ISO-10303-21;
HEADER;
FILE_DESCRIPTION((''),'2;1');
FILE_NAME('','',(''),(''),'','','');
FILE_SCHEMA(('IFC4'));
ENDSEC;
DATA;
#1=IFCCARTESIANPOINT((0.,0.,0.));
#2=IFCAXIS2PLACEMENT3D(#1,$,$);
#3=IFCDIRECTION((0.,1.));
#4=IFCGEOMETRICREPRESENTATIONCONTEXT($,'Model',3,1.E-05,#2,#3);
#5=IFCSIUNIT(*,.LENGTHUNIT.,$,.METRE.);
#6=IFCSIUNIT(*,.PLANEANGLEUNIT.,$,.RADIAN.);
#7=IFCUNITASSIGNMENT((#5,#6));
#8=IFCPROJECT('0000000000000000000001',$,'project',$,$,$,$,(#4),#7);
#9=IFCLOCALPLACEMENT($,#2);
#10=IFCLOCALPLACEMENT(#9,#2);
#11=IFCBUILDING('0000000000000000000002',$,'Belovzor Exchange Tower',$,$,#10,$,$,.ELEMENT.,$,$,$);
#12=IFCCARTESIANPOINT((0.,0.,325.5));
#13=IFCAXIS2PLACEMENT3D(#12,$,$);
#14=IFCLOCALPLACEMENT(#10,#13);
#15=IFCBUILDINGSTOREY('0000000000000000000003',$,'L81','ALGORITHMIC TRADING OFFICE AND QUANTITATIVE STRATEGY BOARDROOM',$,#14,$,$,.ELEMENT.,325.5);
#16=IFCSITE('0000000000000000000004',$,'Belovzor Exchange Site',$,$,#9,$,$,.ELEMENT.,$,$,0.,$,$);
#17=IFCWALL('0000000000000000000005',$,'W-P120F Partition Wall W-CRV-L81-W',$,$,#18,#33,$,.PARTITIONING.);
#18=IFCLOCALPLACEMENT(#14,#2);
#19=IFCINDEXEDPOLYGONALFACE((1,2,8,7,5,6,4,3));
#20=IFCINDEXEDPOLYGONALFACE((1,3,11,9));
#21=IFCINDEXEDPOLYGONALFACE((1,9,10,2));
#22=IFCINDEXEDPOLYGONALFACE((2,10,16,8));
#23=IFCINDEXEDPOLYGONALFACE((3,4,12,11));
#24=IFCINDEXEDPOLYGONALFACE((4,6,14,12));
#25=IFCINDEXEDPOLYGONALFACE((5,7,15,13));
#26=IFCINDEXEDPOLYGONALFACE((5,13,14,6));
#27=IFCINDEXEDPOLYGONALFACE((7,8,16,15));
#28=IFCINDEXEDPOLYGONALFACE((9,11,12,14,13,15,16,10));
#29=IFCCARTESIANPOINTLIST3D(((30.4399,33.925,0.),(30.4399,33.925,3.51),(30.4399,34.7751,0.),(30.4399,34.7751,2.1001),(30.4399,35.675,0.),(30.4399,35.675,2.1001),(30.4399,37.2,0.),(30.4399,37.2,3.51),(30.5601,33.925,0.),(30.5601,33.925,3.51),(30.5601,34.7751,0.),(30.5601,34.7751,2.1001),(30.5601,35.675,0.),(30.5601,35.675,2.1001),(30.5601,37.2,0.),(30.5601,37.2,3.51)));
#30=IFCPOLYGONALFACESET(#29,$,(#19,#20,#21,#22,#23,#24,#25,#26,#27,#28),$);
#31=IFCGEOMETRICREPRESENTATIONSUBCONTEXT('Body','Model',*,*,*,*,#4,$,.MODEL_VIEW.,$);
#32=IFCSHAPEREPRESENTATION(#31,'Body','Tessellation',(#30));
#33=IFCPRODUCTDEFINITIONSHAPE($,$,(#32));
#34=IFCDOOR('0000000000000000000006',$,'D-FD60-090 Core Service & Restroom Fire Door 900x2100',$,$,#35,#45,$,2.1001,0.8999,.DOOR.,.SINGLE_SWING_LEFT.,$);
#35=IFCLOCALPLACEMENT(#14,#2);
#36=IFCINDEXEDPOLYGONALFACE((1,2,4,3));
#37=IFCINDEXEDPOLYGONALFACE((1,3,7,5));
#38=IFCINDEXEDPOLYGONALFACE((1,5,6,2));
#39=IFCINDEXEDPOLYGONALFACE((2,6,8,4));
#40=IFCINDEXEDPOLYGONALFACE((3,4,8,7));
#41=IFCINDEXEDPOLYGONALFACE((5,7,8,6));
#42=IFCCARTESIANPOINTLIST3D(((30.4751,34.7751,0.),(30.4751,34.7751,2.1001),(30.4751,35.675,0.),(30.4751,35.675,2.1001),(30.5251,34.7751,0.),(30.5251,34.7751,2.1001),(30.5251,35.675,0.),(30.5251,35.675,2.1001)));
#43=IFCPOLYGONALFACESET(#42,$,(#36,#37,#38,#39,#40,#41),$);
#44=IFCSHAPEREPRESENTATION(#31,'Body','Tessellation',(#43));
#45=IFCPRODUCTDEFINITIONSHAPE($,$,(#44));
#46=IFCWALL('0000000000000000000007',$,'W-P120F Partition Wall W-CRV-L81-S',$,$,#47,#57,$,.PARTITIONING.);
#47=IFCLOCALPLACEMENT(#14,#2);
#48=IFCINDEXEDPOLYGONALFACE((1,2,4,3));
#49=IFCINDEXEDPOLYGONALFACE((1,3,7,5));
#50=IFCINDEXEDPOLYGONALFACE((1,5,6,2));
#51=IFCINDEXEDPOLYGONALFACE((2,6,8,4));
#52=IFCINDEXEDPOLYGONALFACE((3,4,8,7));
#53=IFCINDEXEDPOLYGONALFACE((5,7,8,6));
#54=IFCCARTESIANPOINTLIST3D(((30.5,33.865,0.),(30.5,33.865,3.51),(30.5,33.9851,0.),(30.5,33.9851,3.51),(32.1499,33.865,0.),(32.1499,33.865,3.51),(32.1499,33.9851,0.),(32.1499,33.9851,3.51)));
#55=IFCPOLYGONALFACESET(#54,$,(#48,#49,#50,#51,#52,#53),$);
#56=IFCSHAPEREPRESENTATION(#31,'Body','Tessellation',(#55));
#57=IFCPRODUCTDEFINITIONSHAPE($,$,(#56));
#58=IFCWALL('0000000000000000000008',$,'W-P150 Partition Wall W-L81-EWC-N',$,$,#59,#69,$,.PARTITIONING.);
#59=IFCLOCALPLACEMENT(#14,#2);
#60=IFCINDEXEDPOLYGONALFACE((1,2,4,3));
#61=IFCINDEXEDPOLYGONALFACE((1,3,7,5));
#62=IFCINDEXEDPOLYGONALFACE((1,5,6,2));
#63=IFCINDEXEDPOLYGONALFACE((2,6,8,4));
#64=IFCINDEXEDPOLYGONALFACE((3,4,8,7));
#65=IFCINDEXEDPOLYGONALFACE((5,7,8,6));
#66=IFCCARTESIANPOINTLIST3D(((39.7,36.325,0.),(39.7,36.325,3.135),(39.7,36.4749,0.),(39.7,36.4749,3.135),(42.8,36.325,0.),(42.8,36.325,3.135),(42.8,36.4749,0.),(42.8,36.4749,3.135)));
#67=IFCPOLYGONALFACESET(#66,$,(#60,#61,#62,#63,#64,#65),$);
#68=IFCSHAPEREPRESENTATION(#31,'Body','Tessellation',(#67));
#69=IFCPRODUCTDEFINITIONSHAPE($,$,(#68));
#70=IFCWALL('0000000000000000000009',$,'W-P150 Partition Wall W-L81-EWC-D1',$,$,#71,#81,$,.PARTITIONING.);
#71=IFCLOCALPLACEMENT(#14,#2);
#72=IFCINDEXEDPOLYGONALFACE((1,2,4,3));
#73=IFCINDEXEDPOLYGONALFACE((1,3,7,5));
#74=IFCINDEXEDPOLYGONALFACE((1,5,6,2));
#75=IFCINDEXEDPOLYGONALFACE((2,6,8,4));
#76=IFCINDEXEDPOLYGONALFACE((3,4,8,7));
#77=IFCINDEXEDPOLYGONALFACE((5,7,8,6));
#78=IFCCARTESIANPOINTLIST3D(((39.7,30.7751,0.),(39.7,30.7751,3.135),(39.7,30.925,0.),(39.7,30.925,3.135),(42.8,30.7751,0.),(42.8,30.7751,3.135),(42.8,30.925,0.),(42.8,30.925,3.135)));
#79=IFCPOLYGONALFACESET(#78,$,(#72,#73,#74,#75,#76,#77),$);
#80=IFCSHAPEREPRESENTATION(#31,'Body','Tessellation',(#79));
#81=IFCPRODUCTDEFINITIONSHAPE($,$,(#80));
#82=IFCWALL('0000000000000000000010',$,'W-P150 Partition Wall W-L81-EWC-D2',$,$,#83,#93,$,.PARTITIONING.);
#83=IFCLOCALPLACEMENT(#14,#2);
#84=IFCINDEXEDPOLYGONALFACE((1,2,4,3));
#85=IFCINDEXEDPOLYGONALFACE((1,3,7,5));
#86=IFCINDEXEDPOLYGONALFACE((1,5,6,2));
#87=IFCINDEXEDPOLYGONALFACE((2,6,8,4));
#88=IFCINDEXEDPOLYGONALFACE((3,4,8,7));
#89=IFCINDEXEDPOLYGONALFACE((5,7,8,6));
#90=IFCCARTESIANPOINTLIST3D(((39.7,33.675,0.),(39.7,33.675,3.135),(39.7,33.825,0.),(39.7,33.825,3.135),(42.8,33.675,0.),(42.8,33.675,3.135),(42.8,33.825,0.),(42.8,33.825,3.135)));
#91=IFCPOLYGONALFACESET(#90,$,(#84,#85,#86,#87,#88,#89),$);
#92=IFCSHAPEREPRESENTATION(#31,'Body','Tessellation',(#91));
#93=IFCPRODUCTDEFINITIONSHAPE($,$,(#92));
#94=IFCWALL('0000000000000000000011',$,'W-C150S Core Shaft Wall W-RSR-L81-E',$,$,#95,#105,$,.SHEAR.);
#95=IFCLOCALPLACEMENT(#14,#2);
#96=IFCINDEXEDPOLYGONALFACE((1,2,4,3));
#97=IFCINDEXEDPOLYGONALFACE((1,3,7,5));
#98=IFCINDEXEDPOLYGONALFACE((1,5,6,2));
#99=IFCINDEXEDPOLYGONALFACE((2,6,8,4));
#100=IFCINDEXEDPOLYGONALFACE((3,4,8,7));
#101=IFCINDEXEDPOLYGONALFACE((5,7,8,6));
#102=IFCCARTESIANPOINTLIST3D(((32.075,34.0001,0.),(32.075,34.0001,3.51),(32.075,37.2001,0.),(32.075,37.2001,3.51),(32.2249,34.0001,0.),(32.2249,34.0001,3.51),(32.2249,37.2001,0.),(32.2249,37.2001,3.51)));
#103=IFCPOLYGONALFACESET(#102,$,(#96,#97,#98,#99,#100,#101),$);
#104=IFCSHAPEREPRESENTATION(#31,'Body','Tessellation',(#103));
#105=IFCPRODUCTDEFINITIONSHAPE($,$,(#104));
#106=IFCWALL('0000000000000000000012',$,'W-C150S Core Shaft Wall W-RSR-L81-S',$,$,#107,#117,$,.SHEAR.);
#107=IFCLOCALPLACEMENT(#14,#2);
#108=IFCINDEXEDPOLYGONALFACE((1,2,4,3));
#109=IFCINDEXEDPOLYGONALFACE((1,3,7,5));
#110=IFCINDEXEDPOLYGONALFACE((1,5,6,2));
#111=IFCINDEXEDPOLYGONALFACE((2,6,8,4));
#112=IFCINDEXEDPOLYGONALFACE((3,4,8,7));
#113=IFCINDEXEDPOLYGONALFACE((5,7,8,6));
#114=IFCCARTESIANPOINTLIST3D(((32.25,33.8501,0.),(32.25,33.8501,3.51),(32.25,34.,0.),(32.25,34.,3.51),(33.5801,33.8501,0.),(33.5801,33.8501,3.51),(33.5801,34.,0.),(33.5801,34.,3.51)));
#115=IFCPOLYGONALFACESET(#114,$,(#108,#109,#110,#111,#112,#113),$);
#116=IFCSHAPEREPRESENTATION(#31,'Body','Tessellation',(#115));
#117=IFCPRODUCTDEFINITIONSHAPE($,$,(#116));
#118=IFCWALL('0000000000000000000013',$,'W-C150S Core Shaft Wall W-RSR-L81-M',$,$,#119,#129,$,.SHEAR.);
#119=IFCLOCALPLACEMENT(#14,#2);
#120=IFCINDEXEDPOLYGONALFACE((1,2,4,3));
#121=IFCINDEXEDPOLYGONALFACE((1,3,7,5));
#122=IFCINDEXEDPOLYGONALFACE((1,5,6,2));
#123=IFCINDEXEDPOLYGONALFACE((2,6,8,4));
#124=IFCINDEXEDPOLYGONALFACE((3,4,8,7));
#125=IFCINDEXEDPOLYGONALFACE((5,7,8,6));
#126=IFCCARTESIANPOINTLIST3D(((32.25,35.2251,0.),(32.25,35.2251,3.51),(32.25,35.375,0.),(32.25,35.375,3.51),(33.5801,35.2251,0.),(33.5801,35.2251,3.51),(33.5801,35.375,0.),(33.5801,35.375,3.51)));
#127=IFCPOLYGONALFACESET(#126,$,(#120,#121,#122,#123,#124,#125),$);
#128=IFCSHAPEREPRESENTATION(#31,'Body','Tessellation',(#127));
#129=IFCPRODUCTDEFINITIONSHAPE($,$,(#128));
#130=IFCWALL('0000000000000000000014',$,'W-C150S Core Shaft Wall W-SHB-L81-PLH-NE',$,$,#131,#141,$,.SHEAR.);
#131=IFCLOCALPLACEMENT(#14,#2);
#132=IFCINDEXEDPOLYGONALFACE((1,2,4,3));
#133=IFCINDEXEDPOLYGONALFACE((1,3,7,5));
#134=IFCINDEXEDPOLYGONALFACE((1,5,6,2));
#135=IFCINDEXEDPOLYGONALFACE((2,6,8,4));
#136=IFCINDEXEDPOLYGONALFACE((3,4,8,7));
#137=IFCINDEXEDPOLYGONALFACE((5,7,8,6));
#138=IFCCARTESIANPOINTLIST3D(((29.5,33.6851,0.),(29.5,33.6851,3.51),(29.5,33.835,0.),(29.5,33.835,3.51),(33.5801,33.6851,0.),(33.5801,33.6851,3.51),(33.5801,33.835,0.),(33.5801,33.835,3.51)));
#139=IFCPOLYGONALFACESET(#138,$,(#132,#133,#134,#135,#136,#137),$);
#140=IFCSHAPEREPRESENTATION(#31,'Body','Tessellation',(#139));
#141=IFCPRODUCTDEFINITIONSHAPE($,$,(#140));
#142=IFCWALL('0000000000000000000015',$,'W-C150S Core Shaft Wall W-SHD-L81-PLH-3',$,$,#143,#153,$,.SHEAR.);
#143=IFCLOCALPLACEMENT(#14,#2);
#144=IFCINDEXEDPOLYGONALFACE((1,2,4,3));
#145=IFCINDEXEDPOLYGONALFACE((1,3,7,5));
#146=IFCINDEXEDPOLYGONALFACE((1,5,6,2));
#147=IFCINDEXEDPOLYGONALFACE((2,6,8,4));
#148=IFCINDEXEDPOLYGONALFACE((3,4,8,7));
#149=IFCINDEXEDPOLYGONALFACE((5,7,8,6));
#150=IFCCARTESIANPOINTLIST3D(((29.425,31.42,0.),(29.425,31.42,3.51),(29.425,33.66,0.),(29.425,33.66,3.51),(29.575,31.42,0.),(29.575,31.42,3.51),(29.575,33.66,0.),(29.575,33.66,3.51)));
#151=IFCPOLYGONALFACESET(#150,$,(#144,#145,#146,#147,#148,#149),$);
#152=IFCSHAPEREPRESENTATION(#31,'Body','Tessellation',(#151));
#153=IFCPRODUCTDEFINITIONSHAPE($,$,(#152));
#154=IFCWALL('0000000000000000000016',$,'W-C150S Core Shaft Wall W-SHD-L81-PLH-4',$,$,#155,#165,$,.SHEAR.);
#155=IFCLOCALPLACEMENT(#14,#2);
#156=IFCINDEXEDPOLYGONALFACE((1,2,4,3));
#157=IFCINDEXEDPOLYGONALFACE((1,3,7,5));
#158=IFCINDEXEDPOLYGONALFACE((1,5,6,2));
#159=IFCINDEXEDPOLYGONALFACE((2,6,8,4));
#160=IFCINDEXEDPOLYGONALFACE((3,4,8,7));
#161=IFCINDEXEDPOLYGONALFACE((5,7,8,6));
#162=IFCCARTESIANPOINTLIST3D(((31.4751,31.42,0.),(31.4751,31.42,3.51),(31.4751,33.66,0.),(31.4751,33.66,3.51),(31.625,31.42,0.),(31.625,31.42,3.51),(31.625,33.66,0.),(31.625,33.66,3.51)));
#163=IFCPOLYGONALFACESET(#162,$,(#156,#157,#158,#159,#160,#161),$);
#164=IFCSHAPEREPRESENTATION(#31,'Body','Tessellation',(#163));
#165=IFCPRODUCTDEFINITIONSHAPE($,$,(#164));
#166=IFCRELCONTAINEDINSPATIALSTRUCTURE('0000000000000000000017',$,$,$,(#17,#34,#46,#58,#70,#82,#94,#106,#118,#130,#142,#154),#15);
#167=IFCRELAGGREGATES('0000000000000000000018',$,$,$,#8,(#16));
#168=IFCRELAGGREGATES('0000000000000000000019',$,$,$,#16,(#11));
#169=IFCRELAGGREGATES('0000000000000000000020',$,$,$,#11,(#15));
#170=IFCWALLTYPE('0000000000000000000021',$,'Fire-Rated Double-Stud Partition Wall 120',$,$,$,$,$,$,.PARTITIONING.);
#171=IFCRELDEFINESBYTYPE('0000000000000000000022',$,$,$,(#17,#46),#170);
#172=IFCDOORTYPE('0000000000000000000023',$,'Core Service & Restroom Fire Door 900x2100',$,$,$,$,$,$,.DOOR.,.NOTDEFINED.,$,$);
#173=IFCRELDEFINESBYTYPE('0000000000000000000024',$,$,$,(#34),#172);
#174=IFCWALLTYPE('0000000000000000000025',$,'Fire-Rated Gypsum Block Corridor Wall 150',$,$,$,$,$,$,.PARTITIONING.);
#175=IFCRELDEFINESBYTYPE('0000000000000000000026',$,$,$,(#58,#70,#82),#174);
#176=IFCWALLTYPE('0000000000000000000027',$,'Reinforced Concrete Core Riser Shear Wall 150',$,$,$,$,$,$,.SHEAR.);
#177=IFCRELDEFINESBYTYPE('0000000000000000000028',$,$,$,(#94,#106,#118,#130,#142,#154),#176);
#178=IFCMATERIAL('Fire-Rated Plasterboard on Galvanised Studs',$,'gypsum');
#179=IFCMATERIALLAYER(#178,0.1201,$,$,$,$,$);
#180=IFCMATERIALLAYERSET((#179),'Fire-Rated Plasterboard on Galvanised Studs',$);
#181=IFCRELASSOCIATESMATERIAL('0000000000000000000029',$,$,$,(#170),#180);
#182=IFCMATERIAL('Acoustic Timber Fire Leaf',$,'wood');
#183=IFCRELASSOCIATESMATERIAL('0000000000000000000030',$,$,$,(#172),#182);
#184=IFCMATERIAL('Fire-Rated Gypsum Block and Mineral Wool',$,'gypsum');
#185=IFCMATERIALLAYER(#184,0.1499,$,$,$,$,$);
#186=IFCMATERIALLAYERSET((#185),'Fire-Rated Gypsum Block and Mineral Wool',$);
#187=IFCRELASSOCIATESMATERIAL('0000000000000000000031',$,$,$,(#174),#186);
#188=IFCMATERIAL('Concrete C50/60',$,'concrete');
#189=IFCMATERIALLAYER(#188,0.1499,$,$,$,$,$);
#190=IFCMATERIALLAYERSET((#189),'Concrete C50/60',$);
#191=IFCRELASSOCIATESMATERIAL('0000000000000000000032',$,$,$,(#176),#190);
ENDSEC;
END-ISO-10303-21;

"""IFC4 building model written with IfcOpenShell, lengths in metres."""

from ifc_helpers import new_model, si_unit, direction, frame, frame_2d, origin, place, context, subcontext, project, spatial, rectangle, extrude, material, layer, layer_set, type_object, element, fill, save


model = new_model("IFC4")

# Units and contexts
model_context = context("Model", 3, precision=1e-05, world=origin(), true_north=direction((0.0, 1.0)))
body_context = subcontext(model_context, "Body", "Model", "MODEL_VIEW")
ifc_project = project(units=[si_unit("LENGTHUNIT", "METRE"), si_unit("PLANEANGLEUNIT", "RADIAN")], contexts=[model_context])

# Site, building, storey
site_placement = place(None, origin())
site = spatial("IfcSite", under=ifc_project, at=site_placement, Name="Belovzor Exchange Site", CompositionType="ELEMENT", RefElevation=0.0)
building_placement = place(site_placement, origin())
building = spatial("IfcBuilding", under=site, at=building_placement, Name="Belovzor Exchange Tower", CompositionType="ELEMENT")
storey_placement = place(building_placement, frame((0.0, 0.0, 325.5)))
storey = spatial("IfcBuildingStorey", under=building, at=storey_placement, Name="L81", Description="ALGORITHMIC TRADING OFFICE AND QUANTITATIVE STRATEGY BOARDROOM", CompositionType="ELEMENT", Elevation=325.5)

# Wall, opening, door
ifc_material_1 = material(Name="Fire-Rated Plasterboard on Galvanised Studs", Category="gypsum")
ifc_layer_1 = layer(ifc_material_1, 0.1201)
ifc_layer_set_1 = layer_set([ifc_layer_1], Name="Fire-Rated Plasterboard on Galvanised Studs")
wall_type_1 = type_object("IfcWallType", Name="Fire-Rated Double-Stud Partition Wall 120", PredefinedType="PARTITIONING", material=ifc_layer_set_1)
wall_1_placement = place(storey_placement, frame((30.5, 33.925, 0.0), z_axis=(0.0, 0.0, 1.0), x_axis=(0.0, 1.0, 0.0)))
wall_1 = element("IfcWall", 1, at=wall_1_placement, inside=storey, type_object=wall_type_1, Name="W-P120F Partition Wall W-CRV-L81-W", PredefinedType="PARTITIONING", context=body_context, shape_type="SweptSolid", body=[
    extrude(rectangle(XDim=3.2749, YDim=0.1201, at=frame_2d((1.6375, 0.0))), origin(), (0.0, 0.0, 1.0), 3.51),
])
opening_1_placement = place(wall_1_placement, frame((0.8501, 0.0, 0.0)))
opening_1 = element("IfcOpeningElement", 2, at=opening_1_placement, cuts=wall_1, PredefinedType="OPENING", context=body_context, shape_type="SweptSolid", body=[
    extrude(rectangle(XDim=0.8999, YDim=2.1001, at=frame_2d((0.45, 1.05))), frame((0.0, 0.0701, 0.0), z_axis=(0.0, -1.0, 0.0), x_axis=(1.0, 0.0, 0.0)), (0.0, 0.0, 1.0), 0.1401),
])
ifc_material_2 = material(Name="Acoustic Timber Fire Leaf", Category="wood")
door_type_1 = type_object("IfcDoorType", Name="Core Service & Restroom Fire Door 900x2100", OperationType="NOTDEFINED", PredefinedType="DOOR", material=ifc_material_2)
door_1_placement = place(opening_1_placement, origin())
door_1 = element("IfcDoor", 3, at=door_1_placement, inside=storey, type_object=door_type_1, Name="D-FD60-090 Core Service & Restroom Fire Door 900x2100", OperationType="SINGLE_SWING_LEFT", OverallHeight=2.1001, OverallWidth=0.8999, PredefinedType="DOOR", context=body_context, shape_type="SweptSolid", body=[
    extrude(rectangle(XDim=0.8999, YDim=2.1001, at=frame_2d((0.45, 1.05))), frame((0.0, 0.0249, 0.0), z_axis=(0.0, -1.0, 0.0), x_axis=(1.0, 0.0, 0.0)), (0.0, 0.0, 1.0), 0.05),
])
fill(opening_1, door_1)

# Walls
wall_2_placement = place(storey_placement, frame((30.5, 33.925, 0.0), z_axis=(0.0, 0.0, 1.0), x_axis=(1.0, 0.0, 0.0)))
element("IfcWall", 4, at=wall_2_placement, inside=storey, type_object=wall_type_1, Name="W-P120F Partition Wall W-CRV-L81-S", PredefinedType="PARTITIONING", context=body_context, shape_type="SweptSolid", body=[
    extrude(rectangle(XDim=1.6499, YDim=0.1201, at=frame_2d((0.825, 0.0))), origin(), (0.0, 0.0, 1.0), 3.51),
])
ifc_material_3 = material(Name="Fire-Rated Gypsum Block and Mineral Wool", Category="gypsum")
ifc_layer_2 = layer(ifc_material_3, 0.1499)
ifc_layer_set_2 = layer_set([ifc_layer_2], Name="Fire-Rated Gypsum Block and Mineral Wool")
wall_type_2 = type_object("IfcWallType", Name="Fire-Rated Gypsum Block Corridor Wall 150", PredefinedType="PARTITIONING", material=ifc_layer_set_2)
for number, where, z_axis, x_axis, name in (
    (5, (39.7, 36.3999, 0.0), (0.0, 0.0, 1.0), (1.0, 0.0, 0.0), "W-P150 Partition Wall W-L81-EWC-N"),
    (6, (39.7, 30.8501, 0.0), (0.0, 0.0, 1.0), (1.0, 0.0, 0.0), "W-P150 Partition Wall W-L81-EWC-D1"),
    (7, (39.7, 33.75, 0.0), (0.0, 0.0, 1.0), (1.0, 0.0, 0.0), "W-P150 Partition Wall W-L81-EWC-D2"),
):
    element("IfcWall", number, at=place(storey_placement, frame(where, z_axis=z_axis, x_axis=x_axis)), inside=storey, type_object=wall_type_2, Name=name, PredefinedType="PARTITIONING", context=body_context, shape_type="SweptSolid", body=[
        extrude(rectangle(XDim=3.1001, YDim=0.1499, at=frame_2d((1.55, 0.0))), origin(), (0.0, 0.0, 1.0), 3.135),
    ])
ifc_material_4 = material(Name="Concrete C50/60", Category="concrete")
ifc_layer_3 = layer(ifc_material_4, 0.1499)
ifc_layer_set_3 = layer_set([ifc_layer_3], Name="Concrete C50/60")
wall_type_3 = type_object("IfcWallType", Name="Reinforced Concrete Core Riser Shear Wall 150", PredefinedType="SHEAR", material=ifc_layer_set_3)
wall_3_placement = place(storey_placement, frame((32.1499, 34.0, 0.0), z_axis=(0.0, 0.0, 1.0), x_axis=(0.0, 1.0, 0.0)))
element("IfcWall", 8, at=wall_3_placement, inside=storey, type_object=wall_type_3, Name="W-C150S Core Shaft Wall W-RSR-L81-E", PredefinedType="SHEAR", context=body_context, shape_type="SweptSolid", body=[
    extrude(rectangle(XDim=3.2, YDim=0.1499, at=frame_2d((1.6001, 0.0))), origin(), (0.0, 0.0, 1.0), 3.51),
])
for number, where, z_axis, x_axis, name in (
    (9, (32.25, 33.925, 0.0), (0.0, 0.0, 1.0), (1.0, 0.0, 0.0), "W-C150S Core Shaft Wall W-RSR-L81-S"),
    (10, (32.25, 35.3, 0.0), (0.0, 0.0, 1.0), (1.0, 0.0, 0.0), "W-C150S Core Shaft Wall W-RSR-L81-M"),
):
    element("IfcWall", number, at=place(storey_placement, frame(where, z_axis=z_axis, x_axis=x_axis)), inside=storey, type_object=wall_type_3, Name=name, PredefinedType="SHEAR", context=body_context, shape_type="SweptSolid", body=[
        extrude(rectangle(XDim=1.3301, YDim=0.1499, at=frame_2d((0.665, 0.0))), origin(), (0.0, 0.0, 1.0), 3.51),
    ])
wall_4_placement = place(storey_placement, frame((29.5, 33.76, 0.0), z_axis=(0.0, 0.0, 1.0), x_axis=(1.0, 0.0, 0.0)))
element("IfcWall", 11, at=wall_4_placement, inside=storey, type_object=wall_type_3, Name="W-C150S Core Shaft Wall W-SHB-L81-PLH-NE", PredefinedType="SHEAR", context=body_context, shape_type="SweptSolid", body=[
    extrude(rectangle(XDim=4.0801, YDim=0.1499, at=frame_2d((2.04, 0.0))), origin(), (0.0, 0.0, 1.0), 3.51),
])
for number, where, z_axis, x_axis, name in (
    (12, (29.5, 31.4199, 0.0), (0.0, 0.0, 1.0), (0.0, 1.0, 0.0), "W-C150S Core Shaft Wall W-SHD-L81-PLH-3"),
    (13, (31.55, 31.4199, 0.0), (0.0, 0.0, 1.0), (0.0, 1.0, 0.0), "W-C150S Core Shaft Wall W-SHD-L81-PLH-4"),
):
    element("IfcWall", number, at=place(storey_placement, frame(where, z_axis=z_axis, x_axis=x_axis)), inside=storey, type_object=wall_type_3, Name=name, PredefinedType="SHEAR", context=body_context, shape_type="SweptSolid", body=[
        extrude(rectangle(XDim=2.24, YDim=0.1499, at=frame_2d((1.1201, 0.0))), origin(), (0.0, 0.0, 1.0), 3.51),
    ])

save(model, "model.ifc")
